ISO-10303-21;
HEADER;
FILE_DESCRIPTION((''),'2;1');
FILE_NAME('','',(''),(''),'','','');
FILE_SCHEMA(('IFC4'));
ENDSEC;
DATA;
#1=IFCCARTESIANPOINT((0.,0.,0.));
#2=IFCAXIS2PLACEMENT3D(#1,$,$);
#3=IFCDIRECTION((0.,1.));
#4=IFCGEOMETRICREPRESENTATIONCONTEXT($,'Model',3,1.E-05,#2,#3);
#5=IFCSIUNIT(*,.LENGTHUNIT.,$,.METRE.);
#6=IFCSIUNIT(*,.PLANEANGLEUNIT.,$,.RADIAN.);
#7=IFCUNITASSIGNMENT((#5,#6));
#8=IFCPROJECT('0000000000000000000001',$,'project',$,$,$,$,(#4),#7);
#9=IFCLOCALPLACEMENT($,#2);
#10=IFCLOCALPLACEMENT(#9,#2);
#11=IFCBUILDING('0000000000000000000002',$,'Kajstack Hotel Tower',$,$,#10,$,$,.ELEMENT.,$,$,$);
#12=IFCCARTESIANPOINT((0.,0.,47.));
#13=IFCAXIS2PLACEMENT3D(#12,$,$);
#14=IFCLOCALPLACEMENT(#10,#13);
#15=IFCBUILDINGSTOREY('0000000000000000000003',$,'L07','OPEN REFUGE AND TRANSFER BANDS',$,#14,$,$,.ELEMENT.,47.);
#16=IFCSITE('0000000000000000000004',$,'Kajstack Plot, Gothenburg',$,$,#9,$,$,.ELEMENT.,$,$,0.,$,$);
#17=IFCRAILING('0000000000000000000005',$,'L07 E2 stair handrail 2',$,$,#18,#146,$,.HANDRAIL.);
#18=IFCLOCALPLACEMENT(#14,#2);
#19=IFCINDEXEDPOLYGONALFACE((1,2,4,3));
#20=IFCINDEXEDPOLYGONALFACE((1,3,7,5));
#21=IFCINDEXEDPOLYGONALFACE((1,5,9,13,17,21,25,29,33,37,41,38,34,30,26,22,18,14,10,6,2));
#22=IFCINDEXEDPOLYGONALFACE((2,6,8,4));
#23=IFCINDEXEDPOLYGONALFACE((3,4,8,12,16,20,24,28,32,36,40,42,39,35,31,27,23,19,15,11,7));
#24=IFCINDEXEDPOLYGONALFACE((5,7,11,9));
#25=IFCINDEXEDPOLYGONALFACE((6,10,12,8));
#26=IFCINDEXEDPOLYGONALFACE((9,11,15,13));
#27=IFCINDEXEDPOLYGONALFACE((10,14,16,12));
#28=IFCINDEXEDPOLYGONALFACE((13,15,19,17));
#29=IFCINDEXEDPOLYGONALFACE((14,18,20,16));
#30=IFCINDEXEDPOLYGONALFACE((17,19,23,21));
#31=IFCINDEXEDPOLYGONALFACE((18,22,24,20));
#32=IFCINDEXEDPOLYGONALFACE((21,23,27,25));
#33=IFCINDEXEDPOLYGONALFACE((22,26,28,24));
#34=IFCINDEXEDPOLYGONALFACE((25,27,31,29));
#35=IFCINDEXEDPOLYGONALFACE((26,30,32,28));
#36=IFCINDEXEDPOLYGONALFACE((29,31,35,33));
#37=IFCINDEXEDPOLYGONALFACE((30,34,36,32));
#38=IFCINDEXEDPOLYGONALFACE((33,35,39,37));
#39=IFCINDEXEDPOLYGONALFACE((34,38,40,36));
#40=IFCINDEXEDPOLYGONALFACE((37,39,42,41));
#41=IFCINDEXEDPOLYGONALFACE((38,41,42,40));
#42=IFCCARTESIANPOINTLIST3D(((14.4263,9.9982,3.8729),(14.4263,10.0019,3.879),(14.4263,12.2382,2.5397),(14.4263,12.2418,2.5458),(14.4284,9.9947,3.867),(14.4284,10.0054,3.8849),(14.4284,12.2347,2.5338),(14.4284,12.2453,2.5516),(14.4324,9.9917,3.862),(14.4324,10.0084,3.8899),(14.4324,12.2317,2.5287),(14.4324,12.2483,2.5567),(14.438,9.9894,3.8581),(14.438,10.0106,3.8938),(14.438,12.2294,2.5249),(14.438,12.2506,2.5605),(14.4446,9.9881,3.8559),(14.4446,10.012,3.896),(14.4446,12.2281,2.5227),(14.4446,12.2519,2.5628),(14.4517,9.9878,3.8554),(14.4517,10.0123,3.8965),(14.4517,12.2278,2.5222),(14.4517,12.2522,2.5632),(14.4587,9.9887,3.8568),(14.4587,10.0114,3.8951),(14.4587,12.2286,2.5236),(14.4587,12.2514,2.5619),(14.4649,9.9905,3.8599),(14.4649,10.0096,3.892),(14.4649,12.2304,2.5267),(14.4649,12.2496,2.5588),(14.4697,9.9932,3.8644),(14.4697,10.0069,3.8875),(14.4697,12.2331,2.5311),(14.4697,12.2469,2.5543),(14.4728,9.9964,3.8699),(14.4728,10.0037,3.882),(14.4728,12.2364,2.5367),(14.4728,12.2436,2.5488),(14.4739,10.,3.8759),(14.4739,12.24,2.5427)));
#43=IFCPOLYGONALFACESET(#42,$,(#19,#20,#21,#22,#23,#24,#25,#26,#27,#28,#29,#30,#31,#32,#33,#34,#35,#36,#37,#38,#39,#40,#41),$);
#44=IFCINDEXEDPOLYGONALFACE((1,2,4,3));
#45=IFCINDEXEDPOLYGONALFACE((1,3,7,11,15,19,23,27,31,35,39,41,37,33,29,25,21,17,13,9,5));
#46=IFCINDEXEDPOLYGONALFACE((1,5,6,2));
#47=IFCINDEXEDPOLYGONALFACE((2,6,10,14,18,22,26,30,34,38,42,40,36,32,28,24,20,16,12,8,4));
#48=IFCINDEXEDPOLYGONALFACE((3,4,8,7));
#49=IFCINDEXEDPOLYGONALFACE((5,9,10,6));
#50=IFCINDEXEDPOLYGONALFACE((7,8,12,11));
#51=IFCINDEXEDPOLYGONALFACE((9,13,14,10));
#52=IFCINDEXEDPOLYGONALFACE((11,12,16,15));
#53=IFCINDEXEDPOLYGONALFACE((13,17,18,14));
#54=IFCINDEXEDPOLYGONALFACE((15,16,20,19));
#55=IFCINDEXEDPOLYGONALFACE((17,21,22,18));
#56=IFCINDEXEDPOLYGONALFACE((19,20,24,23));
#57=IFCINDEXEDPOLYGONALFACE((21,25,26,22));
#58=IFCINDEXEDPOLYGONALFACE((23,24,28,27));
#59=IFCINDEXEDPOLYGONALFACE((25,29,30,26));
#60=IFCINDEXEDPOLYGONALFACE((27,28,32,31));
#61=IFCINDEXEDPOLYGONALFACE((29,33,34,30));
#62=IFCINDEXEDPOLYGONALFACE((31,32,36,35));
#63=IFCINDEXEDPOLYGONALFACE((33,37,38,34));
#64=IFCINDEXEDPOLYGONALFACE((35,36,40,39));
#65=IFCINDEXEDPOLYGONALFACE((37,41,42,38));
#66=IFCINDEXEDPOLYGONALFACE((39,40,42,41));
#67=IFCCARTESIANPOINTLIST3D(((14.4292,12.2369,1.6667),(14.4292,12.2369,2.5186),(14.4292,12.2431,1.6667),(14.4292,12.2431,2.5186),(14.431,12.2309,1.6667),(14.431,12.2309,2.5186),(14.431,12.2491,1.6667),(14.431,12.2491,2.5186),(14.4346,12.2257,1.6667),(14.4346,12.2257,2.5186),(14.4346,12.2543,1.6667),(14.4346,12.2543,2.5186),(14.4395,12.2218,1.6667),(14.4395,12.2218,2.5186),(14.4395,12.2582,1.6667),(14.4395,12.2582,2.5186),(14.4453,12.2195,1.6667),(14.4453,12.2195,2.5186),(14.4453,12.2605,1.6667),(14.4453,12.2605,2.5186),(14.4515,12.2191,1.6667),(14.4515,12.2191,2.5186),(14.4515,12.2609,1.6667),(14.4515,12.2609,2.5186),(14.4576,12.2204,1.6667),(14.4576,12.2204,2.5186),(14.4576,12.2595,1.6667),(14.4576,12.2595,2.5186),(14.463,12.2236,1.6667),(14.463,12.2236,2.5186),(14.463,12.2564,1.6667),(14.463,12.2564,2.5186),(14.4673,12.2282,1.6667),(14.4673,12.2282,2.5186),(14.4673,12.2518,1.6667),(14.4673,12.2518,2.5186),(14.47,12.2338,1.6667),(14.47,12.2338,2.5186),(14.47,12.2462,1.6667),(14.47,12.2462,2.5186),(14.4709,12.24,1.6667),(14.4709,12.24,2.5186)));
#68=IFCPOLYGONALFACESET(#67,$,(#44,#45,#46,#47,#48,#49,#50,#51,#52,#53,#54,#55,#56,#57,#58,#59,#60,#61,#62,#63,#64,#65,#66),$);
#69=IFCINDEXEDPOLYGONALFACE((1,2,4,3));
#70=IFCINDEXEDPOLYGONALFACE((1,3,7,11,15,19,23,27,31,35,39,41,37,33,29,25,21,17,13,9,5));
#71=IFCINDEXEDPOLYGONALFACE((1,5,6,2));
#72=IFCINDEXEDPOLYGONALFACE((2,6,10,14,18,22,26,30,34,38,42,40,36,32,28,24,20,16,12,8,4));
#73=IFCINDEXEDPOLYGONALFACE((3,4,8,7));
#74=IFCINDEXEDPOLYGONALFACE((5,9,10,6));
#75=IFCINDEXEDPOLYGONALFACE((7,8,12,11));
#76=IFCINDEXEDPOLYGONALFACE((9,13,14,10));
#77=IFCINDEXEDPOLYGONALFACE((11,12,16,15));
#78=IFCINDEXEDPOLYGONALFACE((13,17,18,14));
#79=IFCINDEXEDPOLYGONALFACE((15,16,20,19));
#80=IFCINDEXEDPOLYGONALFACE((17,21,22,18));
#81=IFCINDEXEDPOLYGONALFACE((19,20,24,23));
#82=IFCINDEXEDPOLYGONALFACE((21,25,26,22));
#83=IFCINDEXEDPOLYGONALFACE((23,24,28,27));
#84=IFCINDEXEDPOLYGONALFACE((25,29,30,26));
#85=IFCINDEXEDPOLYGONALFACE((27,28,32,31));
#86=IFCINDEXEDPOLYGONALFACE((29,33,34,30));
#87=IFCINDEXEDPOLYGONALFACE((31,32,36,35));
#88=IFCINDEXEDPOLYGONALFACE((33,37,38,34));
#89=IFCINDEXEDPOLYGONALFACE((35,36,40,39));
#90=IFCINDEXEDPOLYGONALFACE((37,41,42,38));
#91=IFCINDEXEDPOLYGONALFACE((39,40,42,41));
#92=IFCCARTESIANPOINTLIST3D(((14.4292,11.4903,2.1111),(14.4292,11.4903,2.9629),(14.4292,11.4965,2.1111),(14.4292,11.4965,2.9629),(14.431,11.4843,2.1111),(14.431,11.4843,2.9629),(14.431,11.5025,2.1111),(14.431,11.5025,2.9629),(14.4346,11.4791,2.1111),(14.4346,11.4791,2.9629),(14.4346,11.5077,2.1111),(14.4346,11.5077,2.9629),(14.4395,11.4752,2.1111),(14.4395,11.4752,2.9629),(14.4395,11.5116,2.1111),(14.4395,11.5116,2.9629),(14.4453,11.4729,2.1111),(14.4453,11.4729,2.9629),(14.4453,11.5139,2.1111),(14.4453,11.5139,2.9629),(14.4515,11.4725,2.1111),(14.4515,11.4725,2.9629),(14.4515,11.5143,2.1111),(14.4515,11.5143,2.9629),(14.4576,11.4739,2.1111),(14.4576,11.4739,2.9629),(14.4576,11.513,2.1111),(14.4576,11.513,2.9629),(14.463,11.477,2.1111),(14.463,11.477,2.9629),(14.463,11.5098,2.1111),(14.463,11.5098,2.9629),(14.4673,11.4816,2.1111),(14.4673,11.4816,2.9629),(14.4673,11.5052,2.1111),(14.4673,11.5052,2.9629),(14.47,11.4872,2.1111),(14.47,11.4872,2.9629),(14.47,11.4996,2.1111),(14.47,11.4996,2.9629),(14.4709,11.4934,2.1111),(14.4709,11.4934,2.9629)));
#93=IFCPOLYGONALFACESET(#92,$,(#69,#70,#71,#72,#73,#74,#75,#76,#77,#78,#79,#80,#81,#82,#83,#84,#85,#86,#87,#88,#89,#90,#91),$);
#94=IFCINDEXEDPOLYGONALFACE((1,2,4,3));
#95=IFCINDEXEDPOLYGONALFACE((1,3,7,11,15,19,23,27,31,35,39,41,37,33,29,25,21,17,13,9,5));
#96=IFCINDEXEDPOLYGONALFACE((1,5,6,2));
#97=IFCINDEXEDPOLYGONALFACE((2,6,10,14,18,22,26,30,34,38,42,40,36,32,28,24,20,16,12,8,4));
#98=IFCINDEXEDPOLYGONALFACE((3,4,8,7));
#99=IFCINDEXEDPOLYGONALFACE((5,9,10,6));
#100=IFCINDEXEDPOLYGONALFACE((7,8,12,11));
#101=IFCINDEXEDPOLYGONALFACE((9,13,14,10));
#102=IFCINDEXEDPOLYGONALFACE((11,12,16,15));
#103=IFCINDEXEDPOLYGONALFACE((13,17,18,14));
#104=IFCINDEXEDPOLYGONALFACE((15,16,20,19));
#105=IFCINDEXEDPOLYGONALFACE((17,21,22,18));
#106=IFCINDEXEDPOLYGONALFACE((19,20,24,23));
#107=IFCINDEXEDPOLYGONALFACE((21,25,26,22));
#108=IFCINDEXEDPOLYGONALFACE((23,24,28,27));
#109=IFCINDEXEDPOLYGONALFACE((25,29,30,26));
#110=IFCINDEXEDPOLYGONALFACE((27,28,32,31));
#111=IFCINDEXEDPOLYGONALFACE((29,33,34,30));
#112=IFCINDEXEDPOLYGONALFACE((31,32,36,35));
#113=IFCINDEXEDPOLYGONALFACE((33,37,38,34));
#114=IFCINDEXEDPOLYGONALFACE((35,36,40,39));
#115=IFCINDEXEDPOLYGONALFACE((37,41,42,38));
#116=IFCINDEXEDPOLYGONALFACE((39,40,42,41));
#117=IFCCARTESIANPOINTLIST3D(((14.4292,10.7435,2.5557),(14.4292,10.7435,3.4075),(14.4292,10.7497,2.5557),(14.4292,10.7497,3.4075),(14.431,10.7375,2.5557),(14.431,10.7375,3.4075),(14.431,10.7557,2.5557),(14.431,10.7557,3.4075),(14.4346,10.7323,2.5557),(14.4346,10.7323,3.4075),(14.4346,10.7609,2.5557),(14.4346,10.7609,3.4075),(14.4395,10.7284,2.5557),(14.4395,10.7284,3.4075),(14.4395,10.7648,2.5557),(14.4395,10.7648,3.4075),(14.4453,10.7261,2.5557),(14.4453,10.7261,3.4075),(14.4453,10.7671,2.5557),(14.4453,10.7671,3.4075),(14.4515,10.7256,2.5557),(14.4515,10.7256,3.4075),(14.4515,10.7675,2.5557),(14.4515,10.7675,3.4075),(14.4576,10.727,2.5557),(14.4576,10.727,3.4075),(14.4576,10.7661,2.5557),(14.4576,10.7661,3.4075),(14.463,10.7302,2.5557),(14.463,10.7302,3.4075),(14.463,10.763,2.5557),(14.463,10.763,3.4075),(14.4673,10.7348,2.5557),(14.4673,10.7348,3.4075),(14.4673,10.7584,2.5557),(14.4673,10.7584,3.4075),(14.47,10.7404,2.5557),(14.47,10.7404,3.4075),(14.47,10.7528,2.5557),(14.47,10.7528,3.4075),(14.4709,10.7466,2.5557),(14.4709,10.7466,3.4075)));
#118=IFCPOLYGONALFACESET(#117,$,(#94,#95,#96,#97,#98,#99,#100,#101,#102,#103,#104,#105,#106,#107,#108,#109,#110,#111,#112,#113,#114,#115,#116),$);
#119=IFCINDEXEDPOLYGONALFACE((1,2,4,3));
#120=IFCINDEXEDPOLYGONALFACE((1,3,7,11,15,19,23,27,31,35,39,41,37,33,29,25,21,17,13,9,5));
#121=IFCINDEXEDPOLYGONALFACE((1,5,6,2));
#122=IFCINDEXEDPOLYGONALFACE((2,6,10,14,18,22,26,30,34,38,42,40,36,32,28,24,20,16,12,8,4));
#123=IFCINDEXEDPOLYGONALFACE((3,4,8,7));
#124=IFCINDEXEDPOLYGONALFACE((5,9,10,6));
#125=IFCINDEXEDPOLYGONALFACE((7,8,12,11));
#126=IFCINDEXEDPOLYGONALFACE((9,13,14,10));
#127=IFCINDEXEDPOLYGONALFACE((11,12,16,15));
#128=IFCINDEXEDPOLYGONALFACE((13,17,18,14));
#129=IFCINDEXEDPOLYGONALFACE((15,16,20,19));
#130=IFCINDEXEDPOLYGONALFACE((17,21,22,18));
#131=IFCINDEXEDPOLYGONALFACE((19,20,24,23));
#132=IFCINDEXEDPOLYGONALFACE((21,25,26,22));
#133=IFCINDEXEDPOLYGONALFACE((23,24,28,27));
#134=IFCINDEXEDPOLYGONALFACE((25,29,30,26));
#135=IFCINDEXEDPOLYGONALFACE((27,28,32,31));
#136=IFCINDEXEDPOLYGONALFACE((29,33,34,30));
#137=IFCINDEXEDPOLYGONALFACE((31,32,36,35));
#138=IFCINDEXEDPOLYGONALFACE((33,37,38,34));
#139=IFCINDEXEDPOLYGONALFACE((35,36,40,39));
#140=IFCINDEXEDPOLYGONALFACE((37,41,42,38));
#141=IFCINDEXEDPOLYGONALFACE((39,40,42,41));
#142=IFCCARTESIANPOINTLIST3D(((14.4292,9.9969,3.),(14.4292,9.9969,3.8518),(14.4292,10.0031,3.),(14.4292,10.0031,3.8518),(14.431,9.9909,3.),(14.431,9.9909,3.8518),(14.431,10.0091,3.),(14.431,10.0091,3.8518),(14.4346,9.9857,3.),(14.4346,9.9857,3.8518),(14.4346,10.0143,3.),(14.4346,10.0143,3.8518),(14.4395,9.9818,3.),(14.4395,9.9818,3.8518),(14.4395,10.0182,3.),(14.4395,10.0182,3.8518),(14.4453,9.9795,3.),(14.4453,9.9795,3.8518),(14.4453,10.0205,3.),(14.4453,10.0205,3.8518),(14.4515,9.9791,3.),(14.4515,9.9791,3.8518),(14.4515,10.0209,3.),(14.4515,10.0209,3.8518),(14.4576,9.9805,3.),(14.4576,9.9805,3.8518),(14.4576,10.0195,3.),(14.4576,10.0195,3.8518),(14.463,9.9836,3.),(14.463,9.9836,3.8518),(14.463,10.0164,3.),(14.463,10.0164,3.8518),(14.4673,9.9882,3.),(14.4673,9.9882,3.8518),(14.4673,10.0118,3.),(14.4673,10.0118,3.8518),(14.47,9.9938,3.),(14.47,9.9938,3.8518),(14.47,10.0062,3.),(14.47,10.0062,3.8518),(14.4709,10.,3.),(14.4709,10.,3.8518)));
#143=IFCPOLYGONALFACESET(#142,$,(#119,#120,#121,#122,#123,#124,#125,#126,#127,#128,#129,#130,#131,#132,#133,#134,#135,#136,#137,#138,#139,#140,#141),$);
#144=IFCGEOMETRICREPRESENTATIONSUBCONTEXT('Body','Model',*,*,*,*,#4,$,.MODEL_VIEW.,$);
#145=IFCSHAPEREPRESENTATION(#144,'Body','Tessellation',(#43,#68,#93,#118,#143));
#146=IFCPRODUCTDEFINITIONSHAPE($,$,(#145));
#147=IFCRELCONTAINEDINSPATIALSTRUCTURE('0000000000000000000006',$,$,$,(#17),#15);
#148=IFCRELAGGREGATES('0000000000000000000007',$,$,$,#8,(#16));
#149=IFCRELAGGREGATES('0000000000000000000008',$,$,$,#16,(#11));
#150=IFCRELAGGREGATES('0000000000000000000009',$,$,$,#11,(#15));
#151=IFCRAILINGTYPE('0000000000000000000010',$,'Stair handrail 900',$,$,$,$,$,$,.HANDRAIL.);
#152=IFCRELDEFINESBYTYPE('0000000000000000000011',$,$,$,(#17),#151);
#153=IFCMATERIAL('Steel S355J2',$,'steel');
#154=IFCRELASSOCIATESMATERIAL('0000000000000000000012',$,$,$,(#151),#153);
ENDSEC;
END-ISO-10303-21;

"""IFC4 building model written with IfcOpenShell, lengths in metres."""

from ifc_helpers import new_model, si_unit, direction, frame, origin, origin_2d, place, context, subcontext, project, spatial, circle, extrude, material, type_object, element, save


model = new_model("IFC4")

# Units and contexts
model_context = context("Model", 3, precision=1e-05, world=origin(), true_north=direction((0.0, 1.0)))
body_context = subcontext(model_context, "Body", "Model", "MODEL_VIEW")
ifc_project = project(units=[si_unit("LENGTHUNIT", "METRE"), si_unit("PLANEANGLEUNIT", "RADIAN")], contexts=[model_context])

# Site, building, storey
site_placement = place(None, origin())
site = spatial("IfcSite", under=ifc_project, at=site_placement, Name="Kajstack Plot, Gothenburg", CompositionType="ELEMENT", RefElevation=0.0)
building_placement = place(site_placement, origin())
building = spatial("IfcBuilding", under=site, at=building_placement, Name="Kajstack Hotel Tower", CompositionType="ELEMENT")
storey_placement = place(building_placement, frame((0.0, 0.0, 47.0)))
storey = spatial("IfcBuildingStorey", under=building, at=storey_placement, Name="L07", Description="OPEN REFUGE AND TRANSFER BANDS", CompositionType="ELEMENT", Elevation=47.0)

# Shared definitions
ifc_material_1 = material(Name="Steel S355J2", Category="steel")

# Railing
railing_type_1 = type_object("IfcRailingType", Name="Stair handrail 900", PredefinedType="HANDRAIL", material=ifc_material_1)
railing_1_placement = place(storey_placement, frame((14.45, 12.24, 1.6667)))
element("IfcRailing", 1, at=railing_1_placement, inside=storey, type_object=railing_type_1, Name="L07 E2 stair handrail 2", PredefinedType="HANDRAIL", context=body_context, shape_type="SweptSolid", body=[
    extrude(circle(Radius=0.0239, at=origin_2d()), frame((0.0, 0.0, 0.876), z_axis=(0.0, -0.859306, 0.511462), x_axis=(1.0, 0.0, 0.0)), (0.0, 0.0, 1.0), 2.6067),
    extrude(circle(Radius=0.021, at=origin_2d()), origin(), (0.0, 0.0, 1.0), 0.8518),
    extrude(circle(Radius=0.021, at=origin_2d()), frame((0.0, -0.7466, 0.4443)), (0.0, 0.0, 1.0), 0.8518),
    extrude(circle(Radius=0.021, at=origin_2d()), frame((0.0, -1.4934, 0.8889)), (0.0, 0.0, 1.0), 0.8518),
    extrude(circle(Radius=0.021, at=origin_2d()), frame((0.0, -2.24, 1.3333)), (0.0, 0.0, 1.0), 0.8518),
])

save(model, "model.ifc")
